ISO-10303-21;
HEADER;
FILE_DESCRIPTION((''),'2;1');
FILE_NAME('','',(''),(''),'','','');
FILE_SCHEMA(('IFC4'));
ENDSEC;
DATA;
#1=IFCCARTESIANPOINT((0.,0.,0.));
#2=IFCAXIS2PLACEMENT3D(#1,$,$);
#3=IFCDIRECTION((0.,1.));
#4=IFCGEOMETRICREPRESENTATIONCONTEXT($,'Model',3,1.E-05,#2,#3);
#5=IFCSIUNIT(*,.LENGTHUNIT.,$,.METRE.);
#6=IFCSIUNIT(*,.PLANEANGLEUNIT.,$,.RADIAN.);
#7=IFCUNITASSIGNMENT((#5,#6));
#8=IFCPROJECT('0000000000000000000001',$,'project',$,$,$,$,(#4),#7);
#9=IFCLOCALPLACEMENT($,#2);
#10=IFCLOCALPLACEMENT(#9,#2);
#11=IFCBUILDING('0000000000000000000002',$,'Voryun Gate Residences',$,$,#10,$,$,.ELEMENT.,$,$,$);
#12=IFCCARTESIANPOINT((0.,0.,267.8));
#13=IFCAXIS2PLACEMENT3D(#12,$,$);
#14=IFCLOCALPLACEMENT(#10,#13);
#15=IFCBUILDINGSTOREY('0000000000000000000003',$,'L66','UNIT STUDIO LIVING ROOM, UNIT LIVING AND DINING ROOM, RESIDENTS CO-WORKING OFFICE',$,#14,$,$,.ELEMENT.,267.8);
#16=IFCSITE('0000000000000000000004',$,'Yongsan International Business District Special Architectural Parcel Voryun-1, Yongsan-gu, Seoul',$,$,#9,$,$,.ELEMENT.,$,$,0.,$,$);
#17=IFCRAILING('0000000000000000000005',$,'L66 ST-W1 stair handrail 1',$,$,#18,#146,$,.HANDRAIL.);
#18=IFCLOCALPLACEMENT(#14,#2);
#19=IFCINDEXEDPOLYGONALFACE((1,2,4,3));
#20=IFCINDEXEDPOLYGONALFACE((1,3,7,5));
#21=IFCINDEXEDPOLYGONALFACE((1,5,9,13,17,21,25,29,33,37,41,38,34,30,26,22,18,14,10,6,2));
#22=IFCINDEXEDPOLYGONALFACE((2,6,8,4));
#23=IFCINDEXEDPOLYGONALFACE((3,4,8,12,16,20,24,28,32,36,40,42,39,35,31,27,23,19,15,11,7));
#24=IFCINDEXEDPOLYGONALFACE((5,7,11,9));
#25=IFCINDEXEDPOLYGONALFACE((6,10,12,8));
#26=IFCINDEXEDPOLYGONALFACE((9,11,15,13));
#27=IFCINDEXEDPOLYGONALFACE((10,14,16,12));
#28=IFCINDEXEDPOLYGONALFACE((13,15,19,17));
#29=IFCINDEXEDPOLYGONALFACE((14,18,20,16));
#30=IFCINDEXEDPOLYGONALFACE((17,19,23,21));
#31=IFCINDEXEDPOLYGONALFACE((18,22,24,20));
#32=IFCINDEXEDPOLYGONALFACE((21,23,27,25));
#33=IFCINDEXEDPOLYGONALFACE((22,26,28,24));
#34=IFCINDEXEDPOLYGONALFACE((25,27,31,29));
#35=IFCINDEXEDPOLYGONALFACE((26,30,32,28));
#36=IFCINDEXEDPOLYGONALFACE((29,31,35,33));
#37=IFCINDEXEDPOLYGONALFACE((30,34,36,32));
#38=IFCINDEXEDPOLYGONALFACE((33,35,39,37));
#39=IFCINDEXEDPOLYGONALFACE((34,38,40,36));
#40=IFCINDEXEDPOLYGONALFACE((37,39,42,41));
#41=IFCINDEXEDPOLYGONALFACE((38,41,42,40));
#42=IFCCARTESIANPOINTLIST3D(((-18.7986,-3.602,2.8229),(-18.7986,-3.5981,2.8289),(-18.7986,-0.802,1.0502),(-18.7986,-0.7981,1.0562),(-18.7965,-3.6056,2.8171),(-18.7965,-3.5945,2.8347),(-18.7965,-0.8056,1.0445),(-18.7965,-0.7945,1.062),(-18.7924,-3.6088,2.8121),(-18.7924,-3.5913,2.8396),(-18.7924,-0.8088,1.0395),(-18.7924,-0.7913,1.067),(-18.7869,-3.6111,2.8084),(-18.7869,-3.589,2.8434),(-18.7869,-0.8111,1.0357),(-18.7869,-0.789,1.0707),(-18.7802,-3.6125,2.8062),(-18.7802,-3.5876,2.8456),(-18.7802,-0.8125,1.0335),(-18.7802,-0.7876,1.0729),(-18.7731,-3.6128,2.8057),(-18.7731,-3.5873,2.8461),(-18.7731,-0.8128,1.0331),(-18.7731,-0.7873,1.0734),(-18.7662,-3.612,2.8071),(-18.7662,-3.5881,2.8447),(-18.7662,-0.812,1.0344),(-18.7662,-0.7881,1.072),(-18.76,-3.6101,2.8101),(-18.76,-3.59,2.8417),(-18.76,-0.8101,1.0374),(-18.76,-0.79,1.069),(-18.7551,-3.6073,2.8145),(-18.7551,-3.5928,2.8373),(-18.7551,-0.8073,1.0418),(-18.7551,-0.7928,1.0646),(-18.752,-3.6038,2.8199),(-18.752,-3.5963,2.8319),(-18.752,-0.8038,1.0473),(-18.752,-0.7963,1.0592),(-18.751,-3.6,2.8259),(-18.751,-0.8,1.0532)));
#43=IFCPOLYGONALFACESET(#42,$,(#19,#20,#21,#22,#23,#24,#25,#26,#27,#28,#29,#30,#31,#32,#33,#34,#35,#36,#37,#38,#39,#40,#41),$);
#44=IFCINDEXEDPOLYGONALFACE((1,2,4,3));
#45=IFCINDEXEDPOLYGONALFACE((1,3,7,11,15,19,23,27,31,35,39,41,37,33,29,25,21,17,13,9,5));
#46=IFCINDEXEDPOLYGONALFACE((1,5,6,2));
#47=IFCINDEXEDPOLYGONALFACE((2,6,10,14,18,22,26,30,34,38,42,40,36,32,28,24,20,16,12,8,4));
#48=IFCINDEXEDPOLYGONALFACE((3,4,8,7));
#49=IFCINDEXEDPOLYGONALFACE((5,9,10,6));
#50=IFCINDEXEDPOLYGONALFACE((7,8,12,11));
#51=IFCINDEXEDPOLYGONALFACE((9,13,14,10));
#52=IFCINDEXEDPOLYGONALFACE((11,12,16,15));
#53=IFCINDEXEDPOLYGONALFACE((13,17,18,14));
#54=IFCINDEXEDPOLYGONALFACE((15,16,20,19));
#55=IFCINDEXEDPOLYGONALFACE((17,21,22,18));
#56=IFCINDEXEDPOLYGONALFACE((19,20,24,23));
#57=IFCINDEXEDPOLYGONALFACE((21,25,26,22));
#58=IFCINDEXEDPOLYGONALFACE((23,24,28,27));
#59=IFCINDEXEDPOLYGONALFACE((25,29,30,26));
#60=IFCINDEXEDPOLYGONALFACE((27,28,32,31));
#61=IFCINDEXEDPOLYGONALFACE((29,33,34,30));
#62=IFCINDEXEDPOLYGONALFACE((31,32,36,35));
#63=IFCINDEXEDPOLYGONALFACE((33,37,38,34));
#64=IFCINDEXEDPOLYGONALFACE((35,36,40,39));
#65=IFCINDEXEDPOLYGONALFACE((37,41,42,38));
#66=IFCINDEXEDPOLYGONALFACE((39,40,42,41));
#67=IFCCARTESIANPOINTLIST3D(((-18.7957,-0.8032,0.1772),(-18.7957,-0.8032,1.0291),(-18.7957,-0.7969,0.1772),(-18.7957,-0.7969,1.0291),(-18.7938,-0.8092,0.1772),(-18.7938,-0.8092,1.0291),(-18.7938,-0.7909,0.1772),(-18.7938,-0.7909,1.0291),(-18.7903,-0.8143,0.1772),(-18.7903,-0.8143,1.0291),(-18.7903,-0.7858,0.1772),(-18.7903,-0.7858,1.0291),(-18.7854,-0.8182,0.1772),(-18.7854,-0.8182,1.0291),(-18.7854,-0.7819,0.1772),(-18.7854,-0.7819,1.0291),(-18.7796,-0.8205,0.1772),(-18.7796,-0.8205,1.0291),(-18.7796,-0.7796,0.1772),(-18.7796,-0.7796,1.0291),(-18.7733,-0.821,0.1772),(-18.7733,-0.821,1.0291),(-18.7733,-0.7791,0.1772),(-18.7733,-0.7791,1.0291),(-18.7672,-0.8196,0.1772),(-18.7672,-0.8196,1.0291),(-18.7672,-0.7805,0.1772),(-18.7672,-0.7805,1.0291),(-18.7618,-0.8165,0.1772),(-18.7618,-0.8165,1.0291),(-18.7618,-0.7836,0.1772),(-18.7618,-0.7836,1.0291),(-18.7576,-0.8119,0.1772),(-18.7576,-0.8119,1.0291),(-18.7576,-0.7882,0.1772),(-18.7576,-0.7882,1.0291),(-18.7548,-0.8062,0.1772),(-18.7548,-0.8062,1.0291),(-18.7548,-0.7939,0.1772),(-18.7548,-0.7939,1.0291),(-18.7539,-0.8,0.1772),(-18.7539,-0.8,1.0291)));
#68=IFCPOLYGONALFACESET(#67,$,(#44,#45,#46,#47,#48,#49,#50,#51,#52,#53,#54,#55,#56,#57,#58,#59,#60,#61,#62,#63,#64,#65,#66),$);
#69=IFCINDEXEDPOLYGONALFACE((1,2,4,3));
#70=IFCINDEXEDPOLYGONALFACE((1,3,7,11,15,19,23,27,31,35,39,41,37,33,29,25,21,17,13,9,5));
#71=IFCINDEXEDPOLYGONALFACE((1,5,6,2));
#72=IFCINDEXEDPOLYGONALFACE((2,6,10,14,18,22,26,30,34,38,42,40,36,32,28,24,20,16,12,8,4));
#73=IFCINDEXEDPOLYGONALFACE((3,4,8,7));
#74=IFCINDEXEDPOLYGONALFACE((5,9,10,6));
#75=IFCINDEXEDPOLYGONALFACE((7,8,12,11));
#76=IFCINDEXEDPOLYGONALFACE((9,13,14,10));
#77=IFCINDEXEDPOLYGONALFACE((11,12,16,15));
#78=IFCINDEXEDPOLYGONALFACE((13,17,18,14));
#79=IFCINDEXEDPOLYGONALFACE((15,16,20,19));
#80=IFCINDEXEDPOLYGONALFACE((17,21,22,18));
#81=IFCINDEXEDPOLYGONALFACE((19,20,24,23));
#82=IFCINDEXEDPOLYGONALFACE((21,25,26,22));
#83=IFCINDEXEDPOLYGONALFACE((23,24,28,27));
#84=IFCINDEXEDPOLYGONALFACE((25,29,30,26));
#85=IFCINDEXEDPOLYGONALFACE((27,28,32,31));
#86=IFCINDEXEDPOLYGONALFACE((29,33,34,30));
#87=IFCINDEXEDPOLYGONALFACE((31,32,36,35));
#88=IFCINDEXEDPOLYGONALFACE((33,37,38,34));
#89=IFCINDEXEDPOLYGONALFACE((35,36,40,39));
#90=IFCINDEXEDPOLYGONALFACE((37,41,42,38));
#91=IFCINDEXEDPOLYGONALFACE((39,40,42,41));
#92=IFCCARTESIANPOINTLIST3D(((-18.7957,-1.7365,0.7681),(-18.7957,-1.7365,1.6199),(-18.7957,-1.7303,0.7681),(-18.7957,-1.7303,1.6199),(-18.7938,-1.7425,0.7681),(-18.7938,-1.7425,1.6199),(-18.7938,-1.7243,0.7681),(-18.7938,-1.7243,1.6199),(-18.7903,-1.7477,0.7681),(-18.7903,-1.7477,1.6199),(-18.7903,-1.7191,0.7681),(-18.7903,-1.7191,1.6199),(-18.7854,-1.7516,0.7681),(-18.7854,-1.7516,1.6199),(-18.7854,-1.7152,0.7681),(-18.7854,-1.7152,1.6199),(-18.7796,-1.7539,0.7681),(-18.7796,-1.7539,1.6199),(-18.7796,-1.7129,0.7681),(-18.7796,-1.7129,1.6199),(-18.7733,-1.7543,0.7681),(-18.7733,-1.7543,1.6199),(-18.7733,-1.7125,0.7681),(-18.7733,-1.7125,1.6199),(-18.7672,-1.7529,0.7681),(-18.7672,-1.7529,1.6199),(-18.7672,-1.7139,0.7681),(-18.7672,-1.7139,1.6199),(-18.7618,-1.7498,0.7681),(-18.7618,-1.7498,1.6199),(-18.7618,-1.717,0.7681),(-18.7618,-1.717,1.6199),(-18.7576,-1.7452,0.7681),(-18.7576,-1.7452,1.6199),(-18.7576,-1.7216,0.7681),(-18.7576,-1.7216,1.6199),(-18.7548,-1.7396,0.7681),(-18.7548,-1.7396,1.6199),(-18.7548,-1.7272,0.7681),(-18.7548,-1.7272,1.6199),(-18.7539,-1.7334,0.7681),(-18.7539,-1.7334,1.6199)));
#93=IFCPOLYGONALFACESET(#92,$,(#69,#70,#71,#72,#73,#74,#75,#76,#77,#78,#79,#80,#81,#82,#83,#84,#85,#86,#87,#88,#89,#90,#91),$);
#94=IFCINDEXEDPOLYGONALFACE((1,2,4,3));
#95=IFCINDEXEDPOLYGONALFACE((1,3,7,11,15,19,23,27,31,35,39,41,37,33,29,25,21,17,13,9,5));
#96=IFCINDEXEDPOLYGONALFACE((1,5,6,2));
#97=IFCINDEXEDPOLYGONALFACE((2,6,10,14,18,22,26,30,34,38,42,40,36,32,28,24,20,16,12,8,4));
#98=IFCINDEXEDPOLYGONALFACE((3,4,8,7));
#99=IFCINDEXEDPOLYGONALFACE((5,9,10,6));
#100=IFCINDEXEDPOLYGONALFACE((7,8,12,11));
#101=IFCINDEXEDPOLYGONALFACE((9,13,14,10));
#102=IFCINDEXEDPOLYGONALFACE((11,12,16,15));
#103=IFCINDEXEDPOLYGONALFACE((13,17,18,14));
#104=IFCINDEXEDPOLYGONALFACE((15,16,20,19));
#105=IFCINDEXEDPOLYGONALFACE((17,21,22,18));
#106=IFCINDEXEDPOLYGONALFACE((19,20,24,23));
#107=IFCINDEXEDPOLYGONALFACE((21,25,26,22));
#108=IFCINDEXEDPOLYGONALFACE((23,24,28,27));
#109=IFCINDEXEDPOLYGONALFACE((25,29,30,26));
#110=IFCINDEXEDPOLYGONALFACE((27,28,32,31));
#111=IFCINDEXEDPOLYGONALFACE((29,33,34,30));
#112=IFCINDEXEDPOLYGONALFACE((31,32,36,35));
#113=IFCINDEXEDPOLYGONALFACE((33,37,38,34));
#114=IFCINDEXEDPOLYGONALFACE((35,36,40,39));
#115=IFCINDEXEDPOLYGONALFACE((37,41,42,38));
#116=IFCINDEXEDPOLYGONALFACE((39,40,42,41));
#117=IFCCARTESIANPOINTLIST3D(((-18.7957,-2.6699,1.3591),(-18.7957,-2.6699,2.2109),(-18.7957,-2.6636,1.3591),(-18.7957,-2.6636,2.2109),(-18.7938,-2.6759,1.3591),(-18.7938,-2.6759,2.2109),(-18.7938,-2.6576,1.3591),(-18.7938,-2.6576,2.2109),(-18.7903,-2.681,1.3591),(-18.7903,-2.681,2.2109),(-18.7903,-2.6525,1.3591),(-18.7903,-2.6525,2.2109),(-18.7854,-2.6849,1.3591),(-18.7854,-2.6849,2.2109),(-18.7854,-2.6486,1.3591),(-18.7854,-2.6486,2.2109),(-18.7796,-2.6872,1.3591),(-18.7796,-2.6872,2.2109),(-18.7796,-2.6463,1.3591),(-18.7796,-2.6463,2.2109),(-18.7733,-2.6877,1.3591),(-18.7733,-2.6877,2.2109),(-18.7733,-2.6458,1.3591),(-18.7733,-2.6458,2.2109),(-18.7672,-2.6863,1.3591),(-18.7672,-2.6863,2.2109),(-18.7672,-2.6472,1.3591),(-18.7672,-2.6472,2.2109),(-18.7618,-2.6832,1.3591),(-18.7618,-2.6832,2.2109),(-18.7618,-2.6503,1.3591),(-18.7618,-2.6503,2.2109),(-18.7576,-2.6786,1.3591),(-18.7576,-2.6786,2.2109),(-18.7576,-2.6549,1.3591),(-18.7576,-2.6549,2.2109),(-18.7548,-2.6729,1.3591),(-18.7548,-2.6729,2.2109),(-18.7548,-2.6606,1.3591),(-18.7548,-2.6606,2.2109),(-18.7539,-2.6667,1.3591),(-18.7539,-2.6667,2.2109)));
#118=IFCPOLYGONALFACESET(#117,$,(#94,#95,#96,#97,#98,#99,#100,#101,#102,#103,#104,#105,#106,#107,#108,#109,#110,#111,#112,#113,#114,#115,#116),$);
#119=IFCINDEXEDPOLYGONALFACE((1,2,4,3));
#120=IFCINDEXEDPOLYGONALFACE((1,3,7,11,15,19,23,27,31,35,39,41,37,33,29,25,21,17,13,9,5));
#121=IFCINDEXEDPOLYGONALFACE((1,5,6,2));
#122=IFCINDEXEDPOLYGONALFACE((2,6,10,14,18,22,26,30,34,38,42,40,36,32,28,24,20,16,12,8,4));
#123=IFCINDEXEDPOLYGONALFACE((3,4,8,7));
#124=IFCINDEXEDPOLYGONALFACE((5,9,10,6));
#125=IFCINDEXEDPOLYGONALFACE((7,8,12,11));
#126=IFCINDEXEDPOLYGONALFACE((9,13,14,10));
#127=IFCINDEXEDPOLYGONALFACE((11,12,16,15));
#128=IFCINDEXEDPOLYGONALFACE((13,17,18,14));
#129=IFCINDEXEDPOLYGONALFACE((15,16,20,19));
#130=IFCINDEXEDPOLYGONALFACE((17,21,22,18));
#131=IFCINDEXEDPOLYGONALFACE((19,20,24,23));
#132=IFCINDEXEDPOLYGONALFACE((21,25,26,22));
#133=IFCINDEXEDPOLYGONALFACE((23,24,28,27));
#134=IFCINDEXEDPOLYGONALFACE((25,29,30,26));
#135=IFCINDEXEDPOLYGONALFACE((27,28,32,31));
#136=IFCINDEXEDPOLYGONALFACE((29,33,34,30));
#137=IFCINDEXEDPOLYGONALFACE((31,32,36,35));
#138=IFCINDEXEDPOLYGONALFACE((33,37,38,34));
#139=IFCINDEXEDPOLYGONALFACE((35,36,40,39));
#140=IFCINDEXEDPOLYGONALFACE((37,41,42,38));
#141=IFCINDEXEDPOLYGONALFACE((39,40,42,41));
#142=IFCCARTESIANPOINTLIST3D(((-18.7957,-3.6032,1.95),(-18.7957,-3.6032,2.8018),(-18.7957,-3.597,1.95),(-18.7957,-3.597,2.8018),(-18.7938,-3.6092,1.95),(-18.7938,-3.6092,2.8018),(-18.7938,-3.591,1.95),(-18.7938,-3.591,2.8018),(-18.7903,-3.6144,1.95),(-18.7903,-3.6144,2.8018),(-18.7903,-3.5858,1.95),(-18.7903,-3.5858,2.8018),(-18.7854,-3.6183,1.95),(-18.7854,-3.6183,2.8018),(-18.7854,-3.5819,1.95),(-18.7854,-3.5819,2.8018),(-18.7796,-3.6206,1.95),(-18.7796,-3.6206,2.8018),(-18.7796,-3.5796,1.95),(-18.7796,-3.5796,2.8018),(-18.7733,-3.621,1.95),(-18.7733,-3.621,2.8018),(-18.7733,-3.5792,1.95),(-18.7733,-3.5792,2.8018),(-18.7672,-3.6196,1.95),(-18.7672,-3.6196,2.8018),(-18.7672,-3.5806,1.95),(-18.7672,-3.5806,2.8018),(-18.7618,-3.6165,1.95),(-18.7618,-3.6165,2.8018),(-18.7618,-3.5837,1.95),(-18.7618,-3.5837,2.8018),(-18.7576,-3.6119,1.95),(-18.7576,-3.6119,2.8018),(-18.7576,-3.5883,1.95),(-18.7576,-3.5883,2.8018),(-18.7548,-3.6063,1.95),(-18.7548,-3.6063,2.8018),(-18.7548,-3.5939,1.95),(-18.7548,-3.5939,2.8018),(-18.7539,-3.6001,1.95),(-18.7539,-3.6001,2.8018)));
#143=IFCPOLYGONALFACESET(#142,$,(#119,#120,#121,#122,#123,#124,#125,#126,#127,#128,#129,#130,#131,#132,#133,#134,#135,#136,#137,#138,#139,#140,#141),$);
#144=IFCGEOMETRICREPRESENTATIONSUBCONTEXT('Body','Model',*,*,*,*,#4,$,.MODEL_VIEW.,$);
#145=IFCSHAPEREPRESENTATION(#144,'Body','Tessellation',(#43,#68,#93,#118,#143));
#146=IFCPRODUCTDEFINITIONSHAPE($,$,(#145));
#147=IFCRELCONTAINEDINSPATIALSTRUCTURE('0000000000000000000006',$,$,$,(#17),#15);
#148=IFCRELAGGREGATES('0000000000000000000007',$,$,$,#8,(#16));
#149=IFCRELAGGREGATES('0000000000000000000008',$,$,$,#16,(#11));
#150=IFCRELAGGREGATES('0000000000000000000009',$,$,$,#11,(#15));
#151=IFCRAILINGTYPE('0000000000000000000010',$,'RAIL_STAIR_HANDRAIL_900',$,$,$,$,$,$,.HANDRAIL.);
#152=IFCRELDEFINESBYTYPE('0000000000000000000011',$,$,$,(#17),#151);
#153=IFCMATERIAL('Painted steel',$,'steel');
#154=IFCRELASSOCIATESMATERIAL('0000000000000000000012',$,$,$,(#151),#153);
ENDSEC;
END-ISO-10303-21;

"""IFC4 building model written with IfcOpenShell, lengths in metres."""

from ifc_helpers import new_model, si_unit, direction, frame, origin, origin_2d, place, context, subcontext, project, spatial, circle, extrude, material, type_object, element, save


model = new_model("IFC4")

# Units and contexts
model_context = context("Model", 3, precision=1e-05, world=origin(), true_north=direction((0.0, 1.0)))
body_context = subcontext(model_context, "Body", "Model", "MODEL_VIEW")
ifc_project = project(units=[si_unit("LENGTHUNIT", "METRE"), si_unit("PLANEANGLEUNIT", "RADIAN")], contexts=[model_context])

# Site, building, storey
site_placement = place(None, origin())
site = spatial("IfcSite", under=ifc_project, at=site_placement, Name="Yongsan International Business District Special Architectural Parcel Voryun-1, Yongsan-gu, Seoul", CompositionType="ELEMENT", RefElevation=0.0)
building_placement = place(site_placement, origin())
building = spatial("IfcBuilding", under=site, at=building_placement, Name="Voryun Gate Residences", CompositionType="ELEMENT")
storey_placement = place(building_placement, frame((0.0, 0.0, 267.8)))
storey = spatial("IfcBuildingStorey", under=building, at=storey_placement, Name="L66", Description="UNIT STUDIO LIVING ROOM, UNIT LIVING AND DINING ROOM, RESIDENTS CO-WORKING OFFICE", CompositionType="ELEMENT", Elevation=267.8)

# Railing
ifc_material_1 = material(Name="Painted steel", Category="steel")
railing_type_1 = type_object("IfcRailingType", Name="RAIL_STAIR_HANDRAIL_900", PredefinedType="HANDRAIL", material=ifc_material_1)
railing_1_placement = place(storey_placement, frame((-18.7749, -0.8, 0.1772)))
element("IfcRailing", 1, at=railing_1_placement, inside=storey, type_object=railing_type_1, Name="L66 ST-W1 stair handrail 1", PredefinedType="HANDRAIL", context=body_context, shape_type="SweptSolid", body=[
    extrude(circle(Radius=0.0239, at=origin_2d()), frame((0.0, 0.0, 0.876), z_axis=(0.0, -0.844909, 0.53491), x_axis=(1.0, 0.0, 0.0)), (0.0, 0.0, 1.0), 3.314),
    extrude(circle(Radius=0.021, at=origin_2d()), origin(), (0.0, 0.0, 1.0), 0.8518),
    extrude(circle(Radius=0.021, at=origin_2d()), frame((0.0, -0.9333, 0.5908)), (0.0, 0.0, 1.0), 0.8518),
    extrude(circle(Radius=0.021, at=origin_2d()), frame((0.0, -1.8667, 1.1819)), (0.0, 0.0, 1.0), 0.8518),
    extrude(circle(Radius=0.021, at=origin_2d()), frame((0.0, -2.8, 1.7727)), (0.0, 0.0, 1.0), 0.8518),
])

save(model, "model.ifc")
